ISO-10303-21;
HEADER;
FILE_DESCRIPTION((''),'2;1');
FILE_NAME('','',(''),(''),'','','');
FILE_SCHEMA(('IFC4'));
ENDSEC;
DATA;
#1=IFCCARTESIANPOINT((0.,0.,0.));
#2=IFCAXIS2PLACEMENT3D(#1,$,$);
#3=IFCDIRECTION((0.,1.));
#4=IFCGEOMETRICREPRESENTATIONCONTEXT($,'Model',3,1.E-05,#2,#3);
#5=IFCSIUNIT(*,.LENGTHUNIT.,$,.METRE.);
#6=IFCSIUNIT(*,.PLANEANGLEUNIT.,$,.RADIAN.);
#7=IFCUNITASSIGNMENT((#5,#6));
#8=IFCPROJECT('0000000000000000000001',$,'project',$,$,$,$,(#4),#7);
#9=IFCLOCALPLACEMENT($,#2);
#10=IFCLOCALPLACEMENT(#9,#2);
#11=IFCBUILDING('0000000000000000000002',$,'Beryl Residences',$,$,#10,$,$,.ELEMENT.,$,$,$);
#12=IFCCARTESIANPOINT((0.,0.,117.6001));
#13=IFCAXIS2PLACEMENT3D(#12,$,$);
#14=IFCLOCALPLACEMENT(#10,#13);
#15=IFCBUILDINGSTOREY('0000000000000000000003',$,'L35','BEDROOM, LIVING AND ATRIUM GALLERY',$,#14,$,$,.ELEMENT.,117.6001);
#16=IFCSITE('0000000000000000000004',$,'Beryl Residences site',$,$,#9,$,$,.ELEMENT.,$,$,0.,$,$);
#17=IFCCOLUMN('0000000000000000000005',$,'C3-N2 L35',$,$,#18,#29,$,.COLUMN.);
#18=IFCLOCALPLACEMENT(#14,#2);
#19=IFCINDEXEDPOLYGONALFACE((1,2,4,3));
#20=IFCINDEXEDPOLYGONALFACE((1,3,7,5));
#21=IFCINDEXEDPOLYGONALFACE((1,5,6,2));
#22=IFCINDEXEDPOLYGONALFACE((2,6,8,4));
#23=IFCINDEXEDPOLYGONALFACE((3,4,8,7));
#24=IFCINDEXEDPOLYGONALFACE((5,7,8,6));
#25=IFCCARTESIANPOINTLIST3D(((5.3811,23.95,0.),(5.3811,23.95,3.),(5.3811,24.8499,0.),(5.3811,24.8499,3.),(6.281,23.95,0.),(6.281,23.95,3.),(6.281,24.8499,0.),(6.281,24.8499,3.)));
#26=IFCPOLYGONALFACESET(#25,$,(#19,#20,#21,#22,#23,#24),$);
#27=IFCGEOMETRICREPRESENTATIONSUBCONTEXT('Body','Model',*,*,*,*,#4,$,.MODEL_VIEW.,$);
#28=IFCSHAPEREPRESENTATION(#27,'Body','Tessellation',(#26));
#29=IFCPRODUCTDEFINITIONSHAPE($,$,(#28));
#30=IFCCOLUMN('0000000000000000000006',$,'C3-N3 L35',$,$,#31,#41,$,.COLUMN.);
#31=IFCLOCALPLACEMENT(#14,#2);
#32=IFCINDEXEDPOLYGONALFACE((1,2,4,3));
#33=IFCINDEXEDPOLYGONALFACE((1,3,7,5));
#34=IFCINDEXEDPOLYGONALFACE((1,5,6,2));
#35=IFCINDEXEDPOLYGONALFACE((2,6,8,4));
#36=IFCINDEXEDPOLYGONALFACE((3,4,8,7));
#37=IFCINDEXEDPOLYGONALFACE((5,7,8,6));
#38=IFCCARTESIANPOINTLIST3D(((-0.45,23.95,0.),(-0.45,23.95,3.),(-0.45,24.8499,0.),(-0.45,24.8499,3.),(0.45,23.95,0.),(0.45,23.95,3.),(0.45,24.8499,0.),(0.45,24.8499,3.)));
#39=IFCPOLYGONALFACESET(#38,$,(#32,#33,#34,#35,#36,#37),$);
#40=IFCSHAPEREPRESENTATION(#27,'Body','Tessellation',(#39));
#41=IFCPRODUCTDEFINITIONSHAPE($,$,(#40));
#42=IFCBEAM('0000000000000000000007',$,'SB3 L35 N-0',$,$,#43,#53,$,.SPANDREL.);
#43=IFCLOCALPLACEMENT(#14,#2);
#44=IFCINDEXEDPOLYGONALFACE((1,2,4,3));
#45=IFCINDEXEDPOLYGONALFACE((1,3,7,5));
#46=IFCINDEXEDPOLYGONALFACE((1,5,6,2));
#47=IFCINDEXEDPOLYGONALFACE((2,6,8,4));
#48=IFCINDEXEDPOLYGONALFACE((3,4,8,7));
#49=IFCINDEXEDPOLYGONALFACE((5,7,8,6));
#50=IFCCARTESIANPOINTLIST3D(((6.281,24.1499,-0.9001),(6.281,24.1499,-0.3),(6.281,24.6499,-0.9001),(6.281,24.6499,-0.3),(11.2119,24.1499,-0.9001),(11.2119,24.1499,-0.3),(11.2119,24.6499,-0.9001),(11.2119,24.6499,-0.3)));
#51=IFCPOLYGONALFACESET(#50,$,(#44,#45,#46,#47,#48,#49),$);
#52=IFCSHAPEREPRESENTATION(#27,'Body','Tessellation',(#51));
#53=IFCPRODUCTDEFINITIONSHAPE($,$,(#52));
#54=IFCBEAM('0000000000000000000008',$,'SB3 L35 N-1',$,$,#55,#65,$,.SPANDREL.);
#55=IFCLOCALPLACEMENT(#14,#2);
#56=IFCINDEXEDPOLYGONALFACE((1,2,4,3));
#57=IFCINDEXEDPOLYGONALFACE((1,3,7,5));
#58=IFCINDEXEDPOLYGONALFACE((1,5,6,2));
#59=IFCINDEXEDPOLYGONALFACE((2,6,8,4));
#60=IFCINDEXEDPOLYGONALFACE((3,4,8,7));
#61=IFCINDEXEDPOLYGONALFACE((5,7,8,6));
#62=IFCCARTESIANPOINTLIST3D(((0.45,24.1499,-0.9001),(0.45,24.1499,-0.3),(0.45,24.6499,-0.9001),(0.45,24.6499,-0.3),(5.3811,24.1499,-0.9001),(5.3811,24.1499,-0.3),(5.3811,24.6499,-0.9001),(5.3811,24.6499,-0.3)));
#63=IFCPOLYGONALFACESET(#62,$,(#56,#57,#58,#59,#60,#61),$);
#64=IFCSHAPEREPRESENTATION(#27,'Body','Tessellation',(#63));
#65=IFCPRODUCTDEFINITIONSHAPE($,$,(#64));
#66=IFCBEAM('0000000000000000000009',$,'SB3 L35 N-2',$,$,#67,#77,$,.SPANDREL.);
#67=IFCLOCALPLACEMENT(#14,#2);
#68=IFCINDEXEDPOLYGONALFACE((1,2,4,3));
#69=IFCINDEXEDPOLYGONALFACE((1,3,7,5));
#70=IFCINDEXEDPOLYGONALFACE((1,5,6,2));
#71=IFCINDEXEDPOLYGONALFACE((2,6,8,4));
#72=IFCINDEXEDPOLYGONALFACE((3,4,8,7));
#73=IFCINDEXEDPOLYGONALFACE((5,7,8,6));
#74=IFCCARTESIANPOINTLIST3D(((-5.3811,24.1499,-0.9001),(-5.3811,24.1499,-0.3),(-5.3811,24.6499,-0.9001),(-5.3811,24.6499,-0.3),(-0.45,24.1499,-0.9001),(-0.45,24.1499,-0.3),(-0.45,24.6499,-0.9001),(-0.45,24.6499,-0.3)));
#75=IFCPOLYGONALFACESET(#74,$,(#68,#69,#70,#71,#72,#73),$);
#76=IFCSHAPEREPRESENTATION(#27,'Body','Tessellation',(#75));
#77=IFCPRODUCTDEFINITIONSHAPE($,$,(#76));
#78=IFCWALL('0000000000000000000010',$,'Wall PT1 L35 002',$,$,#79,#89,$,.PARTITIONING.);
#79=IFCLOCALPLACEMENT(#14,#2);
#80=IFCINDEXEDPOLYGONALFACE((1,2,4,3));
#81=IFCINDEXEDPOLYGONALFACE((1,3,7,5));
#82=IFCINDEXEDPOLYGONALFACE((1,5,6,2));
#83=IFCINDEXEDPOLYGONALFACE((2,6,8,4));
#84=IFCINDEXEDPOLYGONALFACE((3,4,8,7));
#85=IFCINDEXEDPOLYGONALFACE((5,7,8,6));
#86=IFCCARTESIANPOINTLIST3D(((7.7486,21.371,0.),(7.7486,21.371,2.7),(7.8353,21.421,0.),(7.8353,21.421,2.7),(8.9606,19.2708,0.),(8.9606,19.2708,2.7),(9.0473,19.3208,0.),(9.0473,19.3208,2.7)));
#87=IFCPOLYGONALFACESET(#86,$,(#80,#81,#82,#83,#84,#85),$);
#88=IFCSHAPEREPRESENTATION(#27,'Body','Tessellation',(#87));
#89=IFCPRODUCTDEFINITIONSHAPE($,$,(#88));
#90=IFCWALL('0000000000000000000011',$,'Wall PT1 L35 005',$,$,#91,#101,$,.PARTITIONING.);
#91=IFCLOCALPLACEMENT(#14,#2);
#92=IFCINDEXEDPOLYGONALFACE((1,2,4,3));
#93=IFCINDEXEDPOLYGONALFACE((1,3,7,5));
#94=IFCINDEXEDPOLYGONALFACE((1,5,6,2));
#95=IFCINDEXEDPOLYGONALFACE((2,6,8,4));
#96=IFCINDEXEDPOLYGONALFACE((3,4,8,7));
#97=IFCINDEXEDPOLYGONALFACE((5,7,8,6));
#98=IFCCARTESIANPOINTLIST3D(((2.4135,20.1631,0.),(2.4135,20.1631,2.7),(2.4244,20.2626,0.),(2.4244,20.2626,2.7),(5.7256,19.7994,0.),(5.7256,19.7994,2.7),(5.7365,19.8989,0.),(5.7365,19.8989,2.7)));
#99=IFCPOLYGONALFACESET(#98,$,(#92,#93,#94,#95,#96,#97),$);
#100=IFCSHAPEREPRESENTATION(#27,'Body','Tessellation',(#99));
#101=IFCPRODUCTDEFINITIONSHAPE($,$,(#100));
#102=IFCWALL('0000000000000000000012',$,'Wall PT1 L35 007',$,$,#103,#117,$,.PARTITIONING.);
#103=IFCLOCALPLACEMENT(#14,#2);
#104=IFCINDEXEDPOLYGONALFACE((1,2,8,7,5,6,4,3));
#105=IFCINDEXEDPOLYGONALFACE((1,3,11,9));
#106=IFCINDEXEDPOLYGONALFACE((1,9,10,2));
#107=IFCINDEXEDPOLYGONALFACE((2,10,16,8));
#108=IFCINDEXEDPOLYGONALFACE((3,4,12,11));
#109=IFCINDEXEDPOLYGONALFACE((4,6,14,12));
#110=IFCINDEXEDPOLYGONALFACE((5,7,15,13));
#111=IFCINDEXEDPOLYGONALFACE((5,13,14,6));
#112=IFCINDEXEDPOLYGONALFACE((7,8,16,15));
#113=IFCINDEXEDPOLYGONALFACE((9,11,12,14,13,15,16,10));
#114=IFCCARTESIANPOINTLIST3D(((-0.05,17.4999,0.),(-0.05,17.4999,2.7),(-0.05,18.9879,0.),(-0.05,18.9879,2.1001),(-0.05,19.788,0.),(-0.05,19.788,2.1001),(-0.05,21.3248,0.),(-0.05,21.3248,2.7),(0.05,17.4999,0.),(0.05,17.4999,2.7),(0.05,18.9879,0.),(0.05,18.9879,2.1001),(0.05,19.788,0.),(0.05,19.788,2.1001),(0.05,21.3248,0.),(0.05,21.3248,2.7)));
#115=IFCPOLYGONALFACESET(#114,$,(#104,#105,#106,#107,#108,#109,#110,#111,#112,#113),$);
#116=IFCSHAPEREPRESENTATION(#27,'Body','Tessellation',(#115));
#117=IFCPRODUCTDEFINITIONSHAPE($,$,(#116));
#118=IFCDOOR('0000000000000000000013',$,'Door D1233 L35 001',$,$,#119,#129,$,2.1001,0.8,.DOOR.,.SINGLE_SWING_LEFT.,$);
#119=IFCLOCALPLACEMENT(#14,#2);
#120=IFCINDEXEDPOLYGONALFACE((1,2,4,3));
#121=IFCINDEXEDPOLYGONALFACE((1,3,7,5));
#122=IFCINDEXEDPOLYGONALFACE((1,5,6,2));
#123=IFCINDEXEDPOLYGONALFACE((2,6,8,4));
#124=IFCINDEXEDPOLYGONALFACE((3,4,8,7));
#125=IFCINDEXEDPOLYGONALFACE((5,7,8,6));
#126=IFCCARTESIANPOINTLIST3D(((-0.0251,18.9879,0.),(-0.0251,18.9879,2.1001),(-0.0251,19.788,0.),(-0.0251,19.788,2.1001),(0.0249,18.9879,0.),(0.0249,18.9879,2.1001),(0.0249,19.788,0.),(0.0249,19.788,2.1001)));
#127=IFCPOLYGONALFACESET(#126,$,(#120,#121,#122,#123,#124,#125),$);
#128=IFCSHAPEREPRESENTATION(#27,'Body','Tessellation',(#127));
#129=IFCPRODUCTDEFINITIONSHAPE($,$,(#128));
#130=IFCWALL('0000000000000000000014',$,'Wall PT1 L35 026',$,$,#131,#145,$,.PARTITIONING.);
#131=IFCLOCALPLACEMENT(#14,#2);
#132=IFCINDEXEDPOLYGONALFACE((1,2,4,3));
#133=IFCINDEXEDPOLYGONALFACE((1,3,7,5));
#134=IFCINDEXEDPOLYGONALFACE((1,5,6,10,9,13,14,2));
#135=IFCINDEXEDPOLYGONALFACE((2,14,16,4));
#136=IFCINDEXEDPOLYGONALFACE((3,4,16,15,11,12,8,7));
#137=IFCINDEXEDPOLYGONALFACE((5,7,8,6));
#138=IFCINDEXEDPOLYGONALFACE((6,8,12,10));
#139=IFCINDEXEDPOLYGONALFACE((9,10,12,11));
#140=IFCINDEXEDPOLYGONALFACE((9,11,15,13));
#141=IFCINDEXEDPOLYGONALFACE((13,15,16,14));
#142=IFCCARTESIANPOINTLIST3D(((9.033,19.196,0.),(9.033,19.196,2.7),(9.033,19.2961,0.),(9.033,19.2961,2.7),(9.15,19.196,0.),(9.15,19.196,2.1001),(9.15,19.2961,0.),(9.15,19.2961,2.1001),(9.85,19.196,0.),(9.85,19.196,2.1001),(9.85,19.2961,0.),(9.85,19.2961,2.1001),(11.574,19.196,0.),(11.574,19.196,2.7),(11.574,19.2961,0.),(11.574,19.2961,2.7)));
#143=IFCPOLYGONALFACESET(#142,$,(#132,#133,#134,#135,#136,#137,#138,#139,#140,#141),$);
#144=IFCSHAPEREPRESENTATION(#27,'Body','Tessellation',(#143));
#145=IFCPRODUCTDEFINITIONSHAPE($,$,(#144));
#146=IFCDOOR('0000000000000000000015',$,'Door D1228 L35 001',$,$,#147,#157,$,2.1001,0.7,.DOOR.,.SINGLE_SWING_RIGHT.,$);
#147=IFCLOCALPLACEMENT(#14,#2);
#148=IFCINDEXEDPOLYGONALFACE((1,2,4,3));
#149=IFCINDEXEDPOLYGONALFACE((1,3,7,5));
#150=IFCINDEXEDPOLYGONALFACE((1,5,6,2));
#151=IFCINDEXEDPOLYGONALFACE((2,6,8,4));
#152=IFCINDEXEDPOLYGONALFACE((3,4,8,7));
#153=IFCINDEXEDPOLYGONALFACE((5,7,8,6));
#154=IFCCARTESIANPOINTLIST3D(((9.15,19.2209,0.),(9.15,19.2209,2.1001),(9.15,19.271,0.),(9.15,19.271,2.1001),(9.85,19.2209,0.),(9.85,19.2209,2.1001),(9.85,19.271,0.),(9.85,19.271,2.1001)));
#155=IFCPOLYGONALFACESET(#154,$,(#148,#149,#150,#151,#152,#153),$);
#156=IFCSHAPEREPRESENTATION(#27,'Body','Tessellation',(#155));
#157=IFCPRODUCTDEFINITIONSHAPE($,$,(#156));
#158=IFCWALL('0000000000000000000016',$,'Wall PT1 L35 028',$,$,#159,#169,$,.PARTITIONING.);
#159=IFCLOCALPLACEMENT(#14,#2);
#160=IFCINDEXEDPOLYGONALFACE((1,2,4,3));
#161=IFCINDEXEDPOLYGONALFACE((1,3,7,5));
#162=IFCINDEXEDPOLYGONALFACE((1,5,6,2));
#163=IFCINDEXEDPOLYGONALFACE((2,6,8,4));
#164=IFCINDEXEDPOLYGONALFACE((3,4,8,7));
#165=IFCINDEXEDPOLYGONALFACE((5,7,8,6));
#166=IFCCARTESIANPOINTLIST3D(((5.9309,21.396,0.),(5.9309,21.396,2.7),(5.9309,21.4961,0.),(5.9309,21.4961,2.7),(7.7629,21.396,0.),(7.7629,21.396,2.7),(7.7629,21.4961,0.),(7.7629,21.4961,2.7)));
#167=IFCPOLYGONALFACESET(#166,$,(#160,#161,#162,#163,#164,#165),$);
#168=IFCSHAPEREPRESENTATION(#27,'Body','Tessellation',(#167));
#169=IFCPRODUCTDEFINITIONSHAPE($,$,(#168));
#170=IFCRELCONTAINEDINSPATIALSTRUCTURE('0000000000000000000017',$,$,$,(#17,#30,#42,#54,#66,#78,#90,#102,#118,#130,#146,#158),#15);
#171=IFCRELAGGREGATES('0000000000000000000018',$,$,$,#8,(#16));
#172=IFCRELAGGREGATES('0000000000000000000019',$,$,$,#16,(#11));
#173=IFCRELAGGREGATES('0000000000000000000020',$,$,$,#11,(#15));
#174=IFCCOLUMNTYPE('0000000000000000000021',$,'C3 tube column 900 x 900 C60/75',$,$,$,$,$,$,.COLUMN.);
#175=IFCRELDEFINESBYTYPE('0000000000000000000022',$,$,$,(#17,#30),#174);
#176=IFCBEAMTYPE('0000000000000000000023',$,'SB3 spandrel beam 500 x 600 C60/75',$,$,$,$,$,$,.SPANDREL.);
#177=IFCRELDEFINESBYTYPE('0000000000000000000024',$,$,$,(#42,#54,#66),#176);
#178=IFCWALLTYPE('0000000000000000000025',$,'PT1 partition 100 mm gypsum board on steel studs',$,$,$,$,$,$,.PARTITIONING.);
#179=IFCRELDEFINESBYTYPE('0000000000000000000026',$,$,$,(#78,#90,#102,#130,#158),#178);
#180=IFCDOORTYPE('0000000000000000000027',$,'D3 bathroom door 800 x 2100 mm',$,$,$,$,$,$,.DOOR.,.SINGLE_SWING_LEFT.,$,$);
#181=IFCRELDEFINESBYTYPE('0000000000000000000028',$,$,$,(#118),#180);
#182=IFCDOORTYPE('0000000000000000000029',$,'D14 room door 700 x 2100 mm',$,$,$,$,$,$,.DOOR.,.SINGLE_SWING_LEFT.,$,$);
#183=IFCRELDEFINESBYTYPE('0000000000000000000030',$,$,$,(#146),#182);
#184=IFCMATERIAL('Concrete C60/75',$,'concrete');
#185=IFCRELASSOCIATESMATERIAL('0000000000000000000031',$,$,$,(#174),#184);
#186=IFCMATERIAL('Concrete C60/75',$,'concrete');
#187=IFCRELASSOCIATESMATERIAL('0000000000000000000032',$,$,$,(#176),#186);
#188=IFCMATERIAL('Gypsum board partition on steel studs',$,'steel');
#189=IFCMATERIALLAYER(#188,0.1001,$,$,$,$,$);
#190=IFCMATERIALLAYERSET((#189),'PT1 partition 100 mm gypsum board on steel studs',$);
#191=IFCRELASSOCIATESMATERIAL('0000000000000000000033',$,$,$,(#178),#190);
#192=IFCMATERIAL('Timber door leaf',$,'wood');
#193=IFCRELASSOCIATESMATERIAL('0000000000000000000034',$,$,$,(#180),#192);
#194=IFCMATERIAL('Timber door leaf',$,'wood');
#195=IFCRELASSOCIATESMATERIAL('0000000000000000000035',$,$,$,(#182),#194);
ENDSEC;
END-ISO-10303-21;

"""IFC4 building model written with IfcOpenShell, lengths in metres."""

from ifc_helpers import new_model, si_unit, direction, frame, frame_2d, origin, origin_2d, place, context, subcontext, project, spatial, rectangle, extrude, material, layer, layer_set, material_profile, profile_set, type_object, element, fill, save


model = new_model("IFC4")

# Units and contexts
model_context = context("Model", 3, precision=1e-05, world=origin(), true_north=direction((0.0, 1.0)))
body_context = subcontext(model_context, "Body", "Model", "MODEL_VIEW")
ifc_project = project(units=[si_unit("LENGTHUNIT", "METRE"), si_unit("PLANEANGLEUNIT", "RADIAN")], contexts=[model_context])

# Site, building, storey
site_placement = place(None, origin())
site = spatial("IfcSite", under=ifc_project, at=site_placement, Name="Beryl Residences site", CompositionType="ELEMENT", RefElevation=0.0)
building_placement = place(site_placement, origin())
building = spatial("IfcBuilding", under=site, at=building_placement, Name="Beryl Residences", CompositionType="ELEMENT")
storey_placement = place(building_placement, frame((0.0, 0.0, 117.6001)))
storey = spatial("IfcBuildingStorey", under=building, at=storey_placement, Name="L35", Description="BEDROOM, LIVING AND ATRIUM GALLERY", CompositionType="ELEMENT", Elevation=117.6001)

# Columns
ifc_material_1 = material(Name="Concrete C60/75", Category="concrete")
ifc_material_profile_1 = material_profile(ifc_material_1, rectangle(XDim=0.8999, YDim=0.8999, at=origin_2d()))
ifc_profile_set_1 = profile_set([ifc_material_profile_1], Name="Concrete C60/75")
column_type = type_object("IfcColumnType", Name="C3 tube column 900 x 900 C60/75", PredefinedType="COLUMN", material=ifc_profile_set_1)
for number, where, z_axis, x_axis, name in (
    (1, (5.8311, 24.3999, 0.0), (0.0, 0.0, 1.0), (-1.0, 0.0, 0.0), "C3-N2 L35"),
    (2, (0.0, 24.3999, 0.0), (0.0, 0.0, 1.0), (-1.0, 0.0, 0.0), "C3-N3 L35"),
):
    element("IfcColumn", number, at=place(storey_placement, frame(where, z_axis=z_axis, x_axis=x_axis)), inside=storey, type_object=column_type, Name=name, PredefinedType="COLUMN", context=body_context, shape_type="SweptSolid", body=[
        extrude(rectangle(XDim=0.8999, YDim=0.8999, at=origin_2d()), origin(), (0.0, 0.0, 1.0), 3.0),
    ])

# Beams
ifc_material_2 = material(Name="Concrete C60/75", Category="concrete")
ifc_material_profile_2 = material_profile(ifc_material_2, rectangle(XDim=0.5, YDim=0.6001, at=origin_2d()))
ifc_profile_set_2 = profile_set([ifc_material_profile_2], Name="Concrete C60/75")
beam_type = type_object("IfcBeamType", Name="SB3 spandrel beam 500 x 600 C60/75", PredefinedType="SPANDREL", material=ifc_profile_set_2)
beam_placement = place(storey_placement, frame((11.2119, 24.3999, -0.6001), z_axis=(-1.0, 0.0, 0.0), x_axis=(0.0, -1.0, 0.0)))
element("IfcBeam", 3, at=beam_placement, inside=storey, type_object=beam_type, Name="SB3 L35 N-0", PredefinedType="SPANDREL", context=body_context, shape_type="SweptSolid", body=[
    extrude(rectangle(XDim=0.5, YDim=0.6001, at=origin_2d()), origin(), (0.0, 0.0, 1.0), 4.9309),
])
for number, where, z_axis, x_axis, name in (
    (4, (5.3811, 24.3999, -0.6001), (-1.0, 0.0, 0.0), (0.0, -1.0, 0.0), "SB3 L35 N-1"),
    (5, (-0.45, 24.3999, -0.6001), (-1.0, 0.0, 0.0), (0.0, -1.0, 0.0), "SB3 L35 N-2"),
):
    element("IfcBeam", number, at=place(storey_placement, frame(where, z_axis=z_axis, x_axis=x_axis)), inside=storey, type_object=beam_type, Name=name, PredefinedType="SPANDREL", context=body_context, shape_type="SweptSolid", body=[
        extrude(rectangle(XDim=0.5, YDim=0.6001, at=origin_2d()), origin(), (0.0, 0.0, 1.0), 4.9312),
    ])

# Walls
ifc_material_3 = material(Name="Gypsum board partition on steel studs", Category="steel")
ifc_layer_1 = layer(ifc_material_3, 0.1001)
ifc_layer_set_1 = layer_set([ifc_layer_1], Name="PT1 partition 100 mm gypsum board on steel studs")
wall_type_1 = type_object("IfcWallType", Name="PT1 partition 100 mm gypsum board on steel studs", PredefinedType="PARTITIONING", material=ifc_layer_set_1)
wall_1_placement = place(storey_placement, frame((7.792, 21.396, 0.0), z_axis=(0.0, 0.0, 1.0), x_axis=(0.499821, -0.866129, 0.0)))
element("IfcWall", 6, at=wall_1_placement, inside=storey, type_object=wall_type_1, Name="Wall PT1 L35 002", PredefinedType="PARTITIONING", context=body_context, shape_type="SweptSolid", body=[
    extrude(rectangle(XDim=2.4248, YDim=0.1001, at=frame_2d((1.2124, 0.0))), origin(), (0.0, 0.0, 1.0), 2.7),
])
wall_2_placement = place(storey_placement, frame((2.4189, 20.2129, 0.0), z_axis=(0.0, 0.0, 1.0), x_axis=(0.994022, -0.109177, 0.0)))
element("IfcWall", 7, at=wall_2_placement, inside=storey, type_object=wall_type_1, Name="Wall PT1 L35 005", PredefinedType="PARTITIONING", context=body_context, shape_type="SweptSolid", body=[
    extrude(rectangle(XDim=3.332, YDim=0.1001, at=frame_2d((1.666, 0.0))), origin(), (0.0, 0.0, 1.0), 2.7),
])

# Walls, openings, doors
wall_3_placement = place(storey_placement, frame((0.0, 21.325, 0.0), z_axis=(0.0, 0.0, 1.0), x_axis=(0.0, -1.0, 0.0)))
wall_3 = element("IfcWall", 8, at=wall_3_placement, inside=storey, type_object=wall_type_1, Name="Wall PT1 L35 007", PredefinedType="PARTITIONING", context=body_context, shape_type="SweptSolid", body=[
    extrude(rectangle(XDim=3.825, YDim=0.1001, at=frame_2d((1.9126, 0.0))), origin(), (0.0, 0.0, 1.0), 2.7),
])
opening_1_placement = place(wall_3_placement, frame((1.5371, 0.0, 0.0)))
opening_1 = element("IfcOpeningElement", 9, at=opening_1_placement, cuts=wall_3, PredefinedType="OPENING", context=body_context, shape_type="SweptSolid", body=[
    extrude(rectangle(XDim=0.8, YDim=2.1001, at=frame_2d((0.3999, 1.05))), frame((0.0, 0.0601, 0.0), z_axis=(0.0, -1.0, 0.0), x_axis=(1.0, 0.0, 0.0)), (0.0, 0.0, 1.0), 0.1201),
])
ifc_material_4 = material(Name="Timber door leaf", Category="wood")
door_type_1 = type_object("IfcDoorType", Name="D3 bathroom door 800 x 2100 mm", OperationType="SINGLE_SWING_LEFT", PredefinedType="DOOR", material=ifc_material_4)
door_1_placement = place(opening_1_placement, origin())
door_1 = element("IfcDoor", 10, at=door_1_placement, inside=storey, type_object=door_type_1, Name="Door D1233 L35 001", OperationType="SINGLE_SWING_LEFT", OverallHeight=2.1001, OverallWidth=0.8, PredefinedType="DOOR", context=body_context, shape_type="SweptSolid", body=[
    extrude(rectangle(XDim=0.8, YDim=2.1001, at=frame_2d((0.3999, 1.05))), frame((0.0, 0.0249, 0.0), z_axis=(0.0, -1.0, 0.0), x_axis=(1.0, 0.0, 0.0)), (0.0, 0.0, 1.0), 0.05),
])
fill(opening_1, door_1)
wall_4_placement = place(storey_placement, frame((9.033, 19.2461, 0.0), z_axis=(0.0, 0.0, 1.0), x_axis=(1.0, 0.0, 0.0)))
wall_4 = element("IfcWall", 11, at=wall_4_placement, inside=storey, type_object=wall_type_1, Name="Wall PT1 L35 026", PredefinedType="PARTITIONING", context=body_context, shape_type="SweptSolid", body=[
    extrude(rectangle(XDim=2.541, YDim=0.1001, at=frame_2d((1.2705, 0.0))), origin(), (0.0, 0.0, 1.0), 2.7),
])
opening_2_placement = place(wall_4_placement, frame((0.1169, 0.0, 0.0)))
opening_2 = element("IfcOpeningElement", 12, at=opening_2_placement, cuts=wall_4, PredefinedType="OPENING", context=body_context, shape_type="SweptSolid", body=[
    extrude(rectangle(XDim=0.7, YDim=2.1001, at=frame_2d((0.3501, 1.05))), frame((0.0, 0.0601, 0.0), z_axis=(0.0, -1.0, 0.0), x_axis=(1.0, 0.0, 0.0)), (0.0, 0.0, 1.0), 0.1201),
])
ifc_material_5 = material(Name="Timber door leaf", Category="wood")
door_type_2 = type_object("IfcDoorType", Name="D14 room door 700 x 2100 mm", OperationType="SINGLE_SWING_LEFT", PredefinedType="DOOR", material=ifc_material_5)
door_2_placement = place(opening_2_placement, origin())
door_2 = element("IfcDoor", 13, at=door_2_placement, inside=storey, type_object=door_type_2, Name="Door D1228 L35 001", OperationType="SINGLE_SWING_RIGHT", OverallHeight=2.1001, OverallWidth=0.7, PredefinedType="DOOR", context=body_context, shape_type="SweptSolid", body=[
    extrude(rectangle(XDim=0.7, YDim=2.1001, at=frame_2d((0.3501, 1.05))), frame((0.0, 0.0249, 0.0), z_axis=(0.0, -1.0, 0.0), x_axis=(1.0, 0.0, 0.0)), (0.0, 0.0, 1.0), 0.05),
])
fill(opening_2, door_2)

# Wall
wall_5_placement = place(storey_placement, frame((5.9309, 21.446, 0.0), z_axis=(0.0, 0.0, 1.0), x_axis=(1.0, 0.0, 0.0)))
element("IfcWall", 14, at=wall_5_placement, inside=storey, type_object=wall_type_1, Name="Wall PT1 L35 028", PredefinedType="PARTITIONING", context=body_context, shape_type="SweptSolid", body=[
    extrude(rectangle(XDim=1.832, YDim=0.1001, at=frame_2d((0.916, 0.0))), origin(), (0.0, 0.0, 1.0), 2.7),
])

save(model, "model.ifc")
